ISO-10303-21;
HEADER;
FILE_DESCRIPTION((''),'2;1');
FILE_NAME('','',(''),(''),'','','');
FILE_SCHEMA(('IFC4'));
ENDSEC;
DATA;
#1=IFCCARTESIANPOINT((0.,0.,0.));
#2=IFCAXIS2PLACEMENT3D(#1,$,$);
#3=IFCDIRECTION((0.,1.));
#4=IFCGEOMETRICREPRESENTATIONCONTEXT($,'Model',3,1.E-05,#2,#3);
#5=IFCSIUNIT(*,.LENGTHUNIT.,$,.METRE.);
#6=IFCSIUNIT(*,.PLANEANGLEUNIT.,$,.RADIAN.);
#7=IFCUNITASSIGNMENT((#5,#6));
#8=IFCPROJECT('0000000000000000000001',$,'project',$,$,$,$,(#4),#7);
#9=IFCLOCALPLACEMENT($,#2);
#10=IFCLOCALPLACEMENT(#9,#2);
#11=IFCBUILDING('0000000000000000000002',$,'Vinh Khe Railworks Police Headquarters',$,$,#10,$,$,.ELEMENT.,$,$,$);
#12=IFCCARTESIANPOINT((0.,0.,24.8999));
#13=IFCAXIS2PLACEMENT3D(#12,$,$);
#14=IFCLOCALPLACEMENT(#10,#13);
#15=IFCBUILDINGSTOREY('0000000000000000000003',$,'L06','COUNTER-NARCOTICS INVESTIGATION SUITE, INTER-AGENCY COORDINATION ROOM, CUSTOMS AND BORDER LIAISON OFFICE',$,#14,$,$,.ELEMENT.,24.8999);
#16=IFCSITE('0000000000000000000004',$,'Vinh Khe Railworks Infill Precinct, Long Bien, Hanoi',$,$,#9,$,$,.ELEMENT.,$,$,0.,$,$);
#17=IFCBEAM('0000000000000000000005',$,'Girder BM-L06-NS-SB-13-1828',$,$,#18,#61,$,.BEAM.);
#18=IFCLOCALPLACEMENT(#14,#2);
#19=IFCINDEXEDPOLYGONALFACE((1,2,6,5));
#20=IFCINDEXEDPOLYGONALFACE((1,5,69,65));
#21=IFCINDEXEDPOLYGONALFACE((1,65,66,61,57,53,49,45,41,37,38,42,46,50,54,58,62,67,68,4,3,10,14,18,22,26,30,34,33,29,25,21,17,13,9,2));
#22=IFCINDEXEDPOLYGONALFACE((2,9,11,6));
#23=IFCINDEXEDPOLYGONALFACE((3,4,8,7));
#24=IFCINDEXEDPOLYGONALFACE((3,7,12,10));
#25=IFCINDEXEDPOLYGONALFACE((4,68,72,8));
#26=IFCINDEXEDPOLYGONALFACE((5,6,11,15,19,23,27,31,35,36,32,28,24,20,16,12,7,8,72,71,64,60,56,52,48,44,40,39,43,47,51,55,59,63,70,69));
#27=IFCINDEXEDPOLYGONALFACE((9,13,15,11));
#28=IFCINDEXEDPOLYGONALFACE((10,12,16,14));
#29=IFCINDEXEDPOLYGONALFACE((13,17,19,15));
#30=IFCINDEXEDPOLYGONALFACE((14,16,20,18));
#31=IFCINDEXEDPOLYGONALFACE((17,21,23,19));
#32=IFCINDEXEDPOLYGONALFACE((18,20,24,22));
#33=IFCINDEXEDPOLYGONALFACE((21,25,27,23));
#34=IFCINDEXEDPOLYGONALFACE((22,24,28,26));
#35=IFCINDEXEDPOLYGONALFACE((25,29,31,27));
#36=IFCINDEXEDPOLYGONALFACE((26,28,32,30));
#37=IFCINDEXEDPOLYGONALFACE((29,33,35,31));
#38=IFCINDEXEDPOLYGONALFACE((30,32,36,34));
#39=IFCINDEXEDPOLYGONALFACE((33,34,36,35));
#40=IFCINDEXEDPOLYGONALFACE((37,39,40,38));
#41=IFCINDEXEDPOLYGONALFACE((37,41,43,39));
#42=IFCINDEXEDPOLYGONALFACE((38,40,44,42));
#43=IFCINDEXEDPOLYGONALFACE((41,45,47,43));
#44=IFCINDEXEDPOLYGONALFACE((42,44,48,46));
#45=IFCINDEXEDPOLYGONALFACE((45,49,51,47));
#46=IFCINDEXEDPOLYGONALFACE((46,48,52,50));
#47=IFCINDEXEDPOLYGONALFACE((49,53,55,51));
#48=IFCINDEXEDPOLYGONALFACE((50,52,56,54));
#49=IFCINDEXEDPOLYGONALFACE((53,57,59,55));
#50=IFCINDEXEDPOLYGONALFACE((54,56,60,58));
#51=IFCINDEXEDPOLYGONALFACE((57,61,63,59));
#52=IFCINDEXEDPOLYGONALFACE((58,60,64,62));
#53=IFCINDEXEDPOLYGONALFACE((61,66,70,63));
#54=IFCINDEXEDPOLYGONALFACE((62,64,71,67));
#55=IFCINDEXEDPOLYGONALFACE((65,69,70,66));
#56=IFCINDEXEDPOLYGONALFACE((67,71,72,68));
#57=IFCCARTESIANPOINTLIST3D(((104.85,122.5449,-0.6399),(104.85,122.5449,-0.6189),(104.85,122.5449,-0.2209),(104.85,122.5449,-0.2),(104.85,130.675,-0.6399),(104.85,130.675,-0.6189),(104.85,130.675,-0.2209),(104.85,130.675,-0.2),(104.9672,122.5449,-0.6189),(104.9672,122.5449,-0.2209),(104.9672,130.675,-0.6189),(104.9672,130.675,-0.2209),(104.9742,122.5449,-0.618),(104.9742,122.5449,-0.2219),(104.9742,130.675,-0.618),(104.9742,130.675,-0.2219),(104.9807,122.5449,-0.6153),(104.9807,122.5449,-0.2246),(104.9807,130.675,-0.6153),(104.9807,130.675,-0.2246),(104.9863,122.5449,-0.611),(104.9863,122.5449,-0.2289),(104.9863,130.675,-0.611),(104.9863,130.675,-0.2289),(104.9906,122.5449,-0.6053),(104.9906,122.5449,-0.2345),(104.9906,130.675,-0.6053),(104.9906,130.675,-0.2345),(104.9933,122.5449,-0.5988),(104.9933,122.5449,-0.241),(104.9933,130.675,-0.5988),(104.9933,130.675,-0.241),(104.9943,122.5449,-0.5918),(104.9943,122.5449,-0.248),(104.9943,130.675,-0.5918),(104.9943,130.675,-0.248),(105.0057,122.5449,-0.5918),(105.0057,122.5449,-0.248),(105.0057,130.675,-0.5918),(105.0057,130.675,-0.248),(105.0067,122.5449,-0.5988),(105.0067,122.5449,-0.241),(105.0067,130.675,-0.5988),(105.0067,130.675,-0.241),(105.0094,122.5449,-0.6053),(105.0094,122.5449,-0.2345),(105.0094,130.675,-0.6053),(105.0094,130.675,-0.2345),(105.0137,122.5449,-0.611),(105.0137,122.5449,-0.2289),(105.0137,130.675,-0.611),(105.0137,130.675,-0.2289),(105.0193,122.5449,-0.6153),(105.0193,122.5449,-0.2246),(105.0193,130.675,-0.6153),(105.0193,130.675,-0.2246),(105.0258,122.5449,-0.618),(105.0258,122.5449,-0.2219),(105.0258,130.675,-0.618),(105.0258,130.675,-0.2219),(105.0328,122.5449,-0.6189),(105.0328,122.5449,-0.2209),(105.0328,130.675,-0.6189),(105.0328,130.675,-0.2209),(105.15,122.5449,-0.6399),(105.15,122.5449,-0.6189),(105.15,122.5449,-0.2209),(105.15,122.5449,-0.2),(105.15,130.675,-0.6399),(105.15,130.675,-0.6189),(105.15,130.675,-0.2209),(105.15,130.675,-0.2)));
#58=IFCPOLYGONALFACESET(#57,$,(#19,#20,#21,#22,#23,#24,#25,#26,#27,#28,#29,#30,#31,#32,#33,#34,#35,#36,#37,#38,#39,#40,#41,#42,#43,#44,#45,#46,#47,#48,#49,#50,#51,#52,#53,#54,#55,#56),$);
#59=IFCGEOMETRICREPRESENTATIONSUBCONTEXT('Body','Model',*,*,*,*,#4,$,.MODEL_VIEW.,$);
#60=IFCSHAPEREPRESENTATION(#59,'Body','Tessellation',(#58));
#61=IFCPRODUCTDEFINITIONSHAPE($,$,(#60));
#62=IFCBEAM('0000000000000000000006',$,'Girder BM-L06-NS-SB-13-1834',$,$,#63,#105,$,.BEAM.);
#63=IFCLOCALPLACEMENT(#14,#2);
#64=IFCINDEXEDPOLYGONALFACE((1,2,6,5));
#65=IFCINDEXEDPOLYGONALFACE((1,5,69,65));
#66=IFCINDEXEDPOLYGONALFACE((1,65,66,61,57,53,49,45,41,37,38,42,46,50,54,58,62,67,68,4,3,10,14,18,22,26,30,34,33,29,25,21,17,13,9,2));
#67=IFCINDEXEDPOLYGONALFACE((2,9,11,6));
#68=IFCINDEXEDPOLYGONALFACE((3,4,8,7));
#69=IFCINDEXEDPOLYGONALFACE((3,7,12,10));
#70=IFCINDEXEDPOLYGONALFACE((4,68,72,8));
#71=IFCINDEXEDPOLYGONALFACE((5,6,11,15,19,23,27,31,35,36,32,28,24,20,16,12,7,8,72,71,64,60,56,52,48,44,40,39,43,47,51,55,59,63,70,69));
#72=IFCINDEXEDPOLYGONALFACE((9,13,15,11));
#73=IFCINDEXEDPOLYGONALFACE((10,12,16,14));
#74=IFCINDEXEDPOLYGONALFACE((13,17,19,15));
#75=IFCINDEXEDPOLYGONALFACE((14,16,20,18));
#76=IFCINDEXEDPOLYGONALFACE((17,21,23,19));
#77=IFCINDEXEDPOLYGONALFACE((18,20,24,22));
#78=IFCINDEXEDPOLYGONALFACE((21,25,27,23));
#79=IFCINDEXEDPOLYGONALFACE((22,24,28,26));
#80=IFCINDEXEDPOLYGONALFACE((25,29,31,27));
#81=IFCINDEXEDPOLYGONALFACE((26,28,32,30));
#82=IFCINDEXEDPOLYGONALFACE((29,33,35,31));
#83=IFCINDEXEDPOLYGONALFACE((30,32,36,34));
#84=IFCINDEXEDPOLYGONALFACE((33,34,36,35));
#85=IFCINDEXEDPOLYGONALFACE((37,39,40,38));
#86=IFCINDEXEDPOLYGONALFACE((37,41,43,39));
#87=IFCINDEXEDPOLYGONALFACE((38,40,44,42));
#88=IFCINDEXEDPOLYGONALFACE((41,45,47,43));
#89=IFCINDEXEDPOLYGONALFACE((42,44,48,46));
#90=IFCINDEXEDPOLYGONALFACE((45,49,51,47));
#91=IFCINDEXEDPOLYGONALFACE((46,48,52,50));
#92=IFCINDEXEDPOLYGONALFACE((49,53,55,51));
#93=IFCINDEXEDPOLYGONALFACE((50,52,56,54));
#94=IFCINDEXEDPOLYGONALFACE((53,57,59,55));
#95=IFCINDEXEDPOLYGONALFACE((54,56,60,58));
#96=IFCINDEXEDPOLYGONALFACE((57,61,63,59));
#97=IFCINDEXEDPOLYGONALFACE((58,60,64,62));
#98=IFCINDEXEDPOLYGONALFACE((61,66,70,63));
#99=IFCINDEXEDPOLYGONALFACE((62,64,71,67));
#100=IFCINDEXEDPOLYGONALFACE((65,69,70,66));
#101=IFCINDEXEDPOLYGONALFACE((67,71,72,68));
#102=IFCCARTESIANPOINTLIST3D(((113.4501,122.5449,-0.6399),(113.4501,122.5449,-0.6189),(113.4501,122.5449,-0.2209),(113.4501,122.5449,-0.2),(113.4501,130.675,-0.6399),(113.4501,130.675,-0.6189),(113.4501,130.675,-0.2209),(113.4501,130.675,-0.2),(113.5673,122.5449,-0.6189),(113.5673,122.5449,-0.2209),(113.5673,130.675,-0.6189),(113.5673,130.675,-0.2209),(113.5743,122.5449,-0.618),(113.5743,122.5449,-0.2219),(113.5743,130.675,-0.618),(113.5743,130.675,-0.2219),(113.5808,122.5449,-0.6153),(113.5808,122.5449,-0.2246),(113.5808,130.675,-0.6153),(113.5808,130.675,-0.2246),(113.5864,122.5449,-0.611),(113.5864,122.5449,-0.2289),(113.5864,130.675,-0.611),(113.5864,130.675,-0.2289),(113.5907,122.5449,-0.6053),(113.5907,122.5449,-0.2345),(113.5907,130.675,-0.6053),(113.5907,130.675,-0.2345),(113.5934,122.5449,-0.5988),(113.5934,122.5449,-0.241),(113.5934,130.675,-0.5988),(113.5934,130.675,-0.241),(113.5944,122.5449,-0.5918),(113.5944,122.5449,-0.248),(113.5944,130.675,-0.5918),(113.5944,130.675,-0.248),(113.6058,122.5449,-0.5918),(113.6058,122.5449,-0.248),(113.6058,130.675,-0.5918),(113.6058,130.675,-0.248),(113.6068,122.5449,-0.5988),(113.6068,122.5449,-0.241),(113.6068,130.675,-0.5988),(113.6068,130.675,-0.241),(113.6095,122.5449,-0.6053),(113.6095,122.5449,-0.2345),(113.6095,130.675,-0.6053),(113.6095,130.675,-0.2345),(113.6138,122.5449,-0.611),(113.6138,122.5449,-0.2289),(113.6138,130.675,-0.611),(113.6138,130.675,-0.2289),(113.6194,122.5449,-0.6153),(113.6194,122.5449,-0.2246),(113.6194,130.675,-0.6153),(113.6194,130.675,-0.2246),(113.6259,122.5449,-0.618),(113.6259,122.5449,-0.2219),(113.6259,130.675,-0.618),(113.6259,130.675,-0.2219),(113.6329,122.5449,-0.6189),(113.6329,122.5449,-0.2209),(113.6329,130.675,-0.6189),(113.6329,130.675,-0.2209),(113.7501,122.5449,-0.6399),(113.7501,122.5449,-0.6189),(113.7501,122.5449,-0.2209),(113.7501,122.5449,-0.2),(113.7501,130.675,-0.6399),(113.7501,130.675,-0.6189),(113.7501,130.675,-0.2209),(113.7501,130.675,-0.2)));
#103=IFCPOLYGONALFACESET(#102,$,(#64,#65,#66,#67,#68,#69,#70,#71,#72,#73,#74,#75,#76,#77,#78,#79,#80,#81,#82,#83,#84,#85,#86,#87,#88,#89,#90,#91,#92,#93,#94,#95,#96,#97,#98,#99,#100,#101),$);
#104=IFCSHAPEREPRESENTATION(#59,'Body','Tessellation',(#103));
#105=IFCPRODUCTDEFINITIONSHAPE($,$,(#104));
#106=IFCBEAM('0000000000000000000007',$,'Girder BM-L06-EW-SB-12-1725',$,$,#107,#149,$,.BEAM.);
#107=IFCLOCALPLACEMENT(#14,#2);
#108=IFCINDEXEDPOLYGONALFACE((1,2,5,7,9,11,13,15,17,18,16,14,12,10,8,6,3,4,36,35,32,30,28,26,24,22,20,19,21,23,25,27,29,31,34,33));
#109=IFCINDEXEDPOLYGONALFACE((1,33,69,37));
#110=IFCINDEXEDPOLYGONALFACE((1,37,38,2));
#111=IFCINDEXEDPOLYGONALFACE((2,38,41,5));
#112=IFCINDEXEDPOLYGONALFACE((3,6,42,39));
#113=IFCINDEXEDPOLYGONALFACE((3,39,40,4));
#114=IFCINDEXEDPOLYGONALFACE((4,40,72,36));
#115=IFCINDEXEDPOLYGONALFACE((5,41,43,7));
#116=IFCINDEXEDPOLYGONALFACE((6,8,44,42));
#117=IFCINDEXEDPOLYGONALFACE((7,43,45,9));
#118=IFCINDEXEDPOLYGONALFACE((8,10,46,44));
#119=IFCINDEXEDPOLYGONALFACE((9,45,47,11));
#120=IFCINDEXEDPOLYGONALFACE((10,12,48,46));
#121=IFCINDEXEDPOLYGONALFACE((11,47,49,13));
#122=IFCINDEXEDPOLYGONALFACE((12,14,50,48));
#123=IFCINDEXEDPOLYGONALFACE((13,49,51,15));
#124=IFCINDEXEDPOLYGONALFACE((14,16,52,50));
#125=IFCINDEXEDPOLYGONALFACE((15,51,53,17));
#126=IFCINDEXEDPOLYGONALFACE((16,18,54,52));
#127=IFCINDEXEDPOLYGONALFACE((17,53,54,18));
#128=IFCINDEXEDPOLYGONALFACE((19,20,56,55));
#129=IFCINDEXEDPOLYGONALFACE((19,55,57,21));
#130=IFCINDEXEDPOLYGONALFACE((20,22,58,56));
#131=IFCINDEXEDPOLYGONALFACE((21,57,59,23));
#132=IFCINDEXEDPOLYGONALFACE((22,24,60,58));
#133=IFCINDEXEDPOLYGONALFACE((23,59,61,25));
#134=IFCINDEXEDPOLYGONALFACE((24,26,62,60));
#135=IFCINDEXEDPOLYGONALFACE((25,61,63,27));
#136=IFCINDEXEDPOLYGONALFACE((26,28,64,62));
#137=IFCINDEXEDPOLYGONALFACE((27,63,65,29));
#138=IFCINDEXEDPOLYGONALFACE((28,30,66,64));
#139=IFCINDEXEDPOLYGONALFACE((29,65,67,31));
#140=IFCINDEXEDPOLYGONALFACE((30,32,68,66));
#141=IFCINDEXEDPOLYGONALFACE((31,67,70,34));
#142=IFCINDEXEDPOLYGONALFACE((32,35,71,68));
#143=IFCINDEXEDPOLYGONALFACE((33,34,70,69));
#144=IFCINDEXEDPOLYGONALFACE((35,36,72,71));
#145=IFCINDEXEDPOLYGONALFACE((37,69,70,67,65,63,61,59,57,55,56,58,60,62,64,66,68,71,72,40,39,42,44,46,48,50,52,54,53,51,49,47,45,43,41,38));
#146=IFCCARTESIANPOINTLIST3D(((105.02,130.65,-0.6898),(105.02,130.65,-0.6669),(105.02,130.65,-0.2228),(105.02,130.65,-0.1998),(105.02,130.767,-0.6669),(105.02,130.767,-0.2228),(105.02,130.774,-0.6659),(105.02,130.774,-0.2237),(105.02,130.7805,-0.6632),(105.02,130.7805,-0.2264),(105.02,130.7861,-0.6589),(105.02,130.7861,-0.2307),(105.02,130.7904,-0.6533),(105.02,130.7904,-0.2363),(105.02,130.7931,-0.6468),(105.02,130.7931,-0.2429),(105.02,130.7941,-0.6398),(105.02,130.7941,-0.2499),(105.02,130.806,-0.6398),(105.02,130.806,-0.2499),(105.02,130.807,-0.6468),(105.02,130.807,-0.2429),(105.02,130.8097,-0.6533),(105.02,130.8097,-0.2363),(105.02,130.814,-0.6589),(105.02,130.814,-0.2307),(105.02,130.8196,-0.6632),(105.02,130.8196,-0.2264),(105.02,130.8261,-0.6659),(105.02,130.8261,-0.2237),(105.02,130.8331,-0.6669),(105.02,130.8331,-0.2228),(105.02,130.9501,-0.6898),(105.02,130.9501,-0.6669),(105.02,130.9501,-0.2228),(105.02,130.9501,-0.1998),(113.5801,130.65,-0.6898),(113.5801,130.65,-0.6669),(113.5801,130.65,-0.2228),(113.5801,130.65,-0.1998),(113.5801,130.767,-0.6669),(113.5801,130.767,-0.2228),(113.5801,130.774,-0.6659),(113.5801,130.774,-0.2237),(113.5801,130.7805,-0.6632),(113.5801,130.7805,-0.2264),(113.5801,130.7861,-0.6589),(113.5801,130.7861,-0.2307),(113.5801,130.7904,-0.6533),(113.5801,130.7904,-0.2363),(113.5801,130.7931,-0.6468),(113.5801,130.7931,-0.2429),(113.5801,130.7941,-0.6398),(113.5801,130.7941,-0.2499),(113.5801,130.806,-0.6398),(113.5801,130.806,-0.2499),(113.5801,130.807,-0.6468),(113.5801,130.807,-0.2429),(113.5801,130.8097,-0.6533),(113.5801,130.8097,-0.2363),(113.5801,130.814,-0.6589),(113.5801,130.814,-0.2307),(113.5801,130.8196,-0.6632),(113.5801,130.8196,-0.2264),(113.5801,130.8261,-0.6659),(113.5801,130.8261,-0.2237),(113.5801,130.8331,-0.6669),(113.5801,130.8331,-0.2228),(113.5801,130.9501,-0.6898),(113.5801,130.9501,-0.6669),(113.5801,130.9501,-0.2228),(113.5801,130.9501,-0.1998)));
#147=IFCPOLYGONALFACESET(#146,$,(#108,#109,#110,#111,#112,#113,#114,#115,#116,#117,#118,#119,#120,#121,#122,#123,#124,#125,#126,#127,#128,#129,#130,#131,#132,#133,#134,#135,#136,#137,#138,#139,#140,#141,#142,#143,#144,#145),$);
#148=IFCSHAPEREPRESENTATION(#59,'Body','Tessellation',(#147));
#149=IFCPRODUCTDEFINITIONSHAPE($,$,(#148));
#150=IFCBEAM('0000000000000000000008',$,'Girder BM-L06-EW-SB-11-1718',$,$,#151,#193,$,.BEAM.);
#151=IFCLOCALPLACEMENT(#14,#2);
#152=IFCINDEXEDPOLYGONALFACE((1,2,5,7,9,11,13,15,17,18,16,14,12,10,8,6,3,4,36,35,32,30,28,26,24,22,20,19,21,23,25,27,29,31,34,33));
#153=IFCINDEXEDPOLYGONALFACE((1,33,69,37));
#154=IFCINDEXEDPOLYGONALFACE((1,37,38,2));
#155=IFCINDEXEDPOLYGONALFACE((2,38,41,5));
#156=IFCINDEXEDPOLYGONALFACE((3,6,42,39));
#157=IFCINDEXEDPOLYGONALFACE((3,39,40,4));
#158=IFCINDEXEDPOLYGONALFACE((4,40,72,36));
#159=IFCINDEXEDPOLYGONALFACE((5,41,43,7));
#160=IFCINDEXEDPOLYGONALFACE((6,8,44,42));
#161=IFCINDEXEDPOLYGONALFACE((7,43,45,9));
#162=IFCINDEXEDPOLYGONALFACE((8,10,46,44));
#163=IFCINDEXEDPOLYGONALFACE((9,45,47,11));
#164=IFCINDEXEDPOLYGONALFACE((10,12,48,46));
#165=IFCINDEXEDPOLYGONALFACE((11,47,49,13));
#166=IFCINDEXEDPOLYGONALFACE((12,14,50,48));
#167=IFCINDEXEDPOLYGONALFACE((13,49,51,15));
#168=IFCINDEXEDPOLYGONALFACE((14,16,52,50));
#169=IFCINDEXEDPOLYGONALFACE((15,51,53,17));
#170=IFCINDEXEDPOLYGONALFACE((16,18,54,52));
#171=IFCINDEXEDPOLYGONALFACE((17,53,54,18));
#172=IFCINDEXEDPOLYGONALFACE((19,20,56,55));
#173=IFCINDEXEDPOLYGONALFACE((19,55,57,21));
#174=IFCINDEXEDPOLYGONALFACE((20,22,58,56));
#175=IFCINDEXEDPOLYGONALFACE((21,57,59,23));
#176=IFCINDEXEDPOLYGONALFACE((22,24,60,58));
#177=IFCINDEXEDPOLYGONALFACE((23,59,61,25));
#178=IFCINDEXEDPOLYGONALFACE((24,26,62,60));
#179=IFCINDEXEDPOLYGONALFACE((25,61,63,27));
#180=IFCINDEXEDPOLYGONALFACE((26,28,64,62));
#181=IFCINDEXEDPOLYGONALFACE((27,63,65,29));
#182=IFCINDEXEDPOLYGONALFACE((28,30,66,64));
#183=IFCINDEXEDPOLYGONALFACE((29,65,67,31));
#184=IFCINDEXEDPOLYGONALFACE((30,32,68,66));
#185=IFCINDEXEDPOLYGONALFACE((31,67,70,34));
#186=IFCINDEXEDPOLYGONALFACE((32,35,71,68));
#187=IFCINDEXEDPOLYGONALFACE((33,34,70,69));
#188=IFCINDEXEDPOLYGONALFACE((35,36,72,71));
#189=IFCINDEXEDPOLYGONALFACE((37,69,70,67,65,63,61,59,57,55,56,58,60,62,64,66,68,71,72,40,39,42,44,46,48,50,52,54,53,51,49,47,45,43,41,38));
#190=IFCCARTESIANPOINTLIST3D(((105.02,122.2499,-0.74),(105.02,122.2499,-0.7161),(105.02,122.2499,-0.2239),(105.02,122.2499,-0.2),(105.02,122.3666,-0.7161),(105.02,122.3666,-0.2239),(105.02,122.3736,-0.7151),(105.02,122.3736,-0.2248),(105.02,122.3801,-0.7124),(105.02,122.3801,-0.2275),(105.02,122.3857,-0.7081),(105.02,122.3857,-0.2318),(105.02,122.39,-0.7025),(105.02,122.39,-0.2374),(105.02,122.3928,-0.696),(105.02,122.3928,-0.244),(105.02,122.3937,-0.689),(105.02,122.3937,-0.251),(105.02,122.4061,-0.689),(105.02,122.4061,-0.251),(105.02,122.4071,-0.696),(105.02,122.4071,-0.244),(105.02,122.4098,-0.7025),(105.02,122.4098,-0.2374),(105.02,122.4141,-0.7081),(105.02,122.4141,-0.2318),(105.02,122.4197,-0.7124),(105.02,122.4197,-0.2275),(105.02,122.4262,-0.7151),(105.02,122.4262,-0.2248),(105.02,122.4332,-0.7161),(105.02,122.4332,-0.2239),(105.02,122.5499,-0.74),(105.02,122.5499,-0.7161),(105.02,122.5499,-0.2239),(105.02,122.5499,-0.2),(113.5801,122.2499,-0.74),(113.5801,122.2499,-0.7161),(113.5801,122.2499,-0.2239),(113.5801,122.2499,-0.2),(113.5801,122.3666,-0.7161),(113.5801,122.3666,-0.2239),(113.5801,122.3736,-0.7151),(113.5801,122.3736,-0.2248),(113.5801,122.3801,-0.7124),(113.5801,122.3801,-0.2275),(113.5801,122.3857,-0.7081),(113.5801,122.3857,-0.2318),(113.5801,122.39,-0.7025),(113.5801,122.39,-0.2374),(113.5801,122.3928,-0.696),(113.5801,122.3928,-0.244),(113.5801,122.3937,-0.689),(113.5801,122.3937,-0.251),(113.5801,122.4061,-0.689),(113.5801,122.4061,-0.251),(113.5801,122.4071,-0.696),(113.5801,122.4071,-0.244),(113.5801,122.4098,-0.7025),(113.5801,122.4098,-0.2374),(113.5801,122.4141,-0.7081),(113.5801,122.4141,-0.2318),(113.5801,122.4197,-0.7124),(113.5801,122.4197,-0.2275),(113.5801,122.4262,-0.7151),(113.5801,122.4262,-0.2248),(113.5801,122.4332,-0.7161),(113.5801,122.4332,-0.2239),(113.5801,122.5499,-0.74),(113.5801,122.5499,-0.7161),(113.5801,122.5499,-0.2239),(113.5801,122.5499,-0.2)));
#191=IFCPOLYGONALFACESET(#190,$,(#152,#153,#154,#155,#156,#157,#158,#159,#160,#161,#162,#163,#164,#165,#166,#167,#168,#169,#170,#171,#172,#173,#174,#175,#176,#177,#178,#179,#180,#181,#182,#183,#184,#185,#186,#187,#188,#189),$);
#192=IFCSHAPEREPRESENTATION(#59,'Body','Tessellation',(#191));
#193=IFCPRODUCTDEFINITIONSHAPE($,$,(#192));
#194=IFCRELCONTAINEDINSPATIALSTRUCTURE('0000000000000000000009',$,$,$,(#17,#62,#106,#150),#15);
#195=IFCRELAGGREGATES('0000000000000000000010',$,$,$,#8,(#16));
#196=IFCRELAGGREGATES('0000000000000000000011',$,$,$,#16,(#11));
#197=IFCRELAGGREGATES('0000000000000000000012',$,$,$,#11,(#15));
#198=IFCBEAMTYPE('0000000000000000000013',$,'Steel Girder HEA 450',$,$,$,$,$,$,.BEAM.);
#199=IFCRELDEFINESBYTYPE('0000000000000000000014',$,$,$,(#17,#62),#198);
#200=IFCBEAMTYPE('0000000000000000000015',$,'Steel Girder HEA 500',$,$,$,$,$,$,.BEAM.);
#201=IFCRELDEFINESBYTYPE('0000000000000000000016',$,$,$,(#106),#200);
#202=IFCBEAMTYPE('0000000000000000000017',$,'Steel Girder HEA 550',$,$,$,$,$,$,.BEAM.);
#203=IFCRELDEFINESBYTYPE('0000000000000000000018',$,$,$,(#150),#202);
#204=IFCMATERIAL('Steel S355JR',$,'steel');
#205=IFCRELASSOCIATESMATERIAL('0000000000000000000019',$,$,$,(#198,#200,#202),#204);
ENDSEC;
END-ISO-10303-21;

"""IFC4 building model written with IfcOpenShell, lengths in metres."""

from ifc_helpers import new_model, si_unit, direction, frame, origin, origin_2d, place, context, subcontext, project, spatial, i_section, extrude, material, material_profile, profile_set, type_object, element, save


model = new_model("IFC4")

# Units and contexts
model_context = context("Model", 3, precision=1e-05, world=origin(), true_north=direction((0.0, 1.0)))
body_context = subcontext(model_context, "Body", "Model", "MODEL_VIEW")
ifc_project = project(units=[si_unit("LENGTHUNIT", "METRE"), si_unit("PLANEANGLEUNIT", "RADIAN")], contexts=[model_context])

# Site, building, storey
site_placement = place(None, origin())
site = spatial("IfcSite", under=ifc_project, at=site_placement, Name="Vinh Khe Railworks Infill Precinct, Long Bien, Hanoi", CompositionType="ELEMENT", RefElevation=0.0)
building_placement = place(site_placement, origin())
building = spatial("IfcBuilding", under=site, at=building_placement, Name="Vinh Khe Railworks Police Headquarters", CompositionType="ELEMENT")
storey_placement = place(building_placement, frame((0.0, 0.0, 24.8999)))
storey = spatial("IfcBuildingStorey", under=building, at=storey_placement, Name="L06", Description="COUNTER-NARCOTICS INVESTIGATION SUITE, INTER-AGENCY COORDINATION ROOM, CUSTOMS AND BORDER LIAISON OFFICE", CompositionType="ELEMENT", Elevation=24.8999)

# Beams
ifc_material_1 = material(Name="Steel S355JR", Category="steel")
ifc_material_profile_1 = material_profile(ifc_material_1, i_section(OverallWidth=0.3, OverallDepth=0.4399, WebThickness=0.0115, FlangeThickness=0.021, FilletRadius=0.0271, at=origin_2d()), Name="HEA 450")
ifc_profile_set_1 = profile_set([ifc_material_profile_1], Name="Steel S355JR")
beam_type_1 = type_object("IfcBeamType", Name="Steel Girder HEA 450", PredefinedType="BEAM", material=ifc_profile_set_1)
for number, where, z_axis, x_axis, name in (
    (1, (105.0, 122.5449, -0.4199), (0.0, 1.0, 0.0), (-1.0, 0.0, 0.0), "Girder BM-L06-NS-SB-13-1828"),
    (2, (113.6001, 122.5449, -0.4199), (0.0, 1.0, 0.0), (-1.0, 0.0, 0.0), "Girder BM-L06-NS-SB-13-1834"),
):
    element("IfcBeam", number, at=place(storey_placement, frame(where, z_axis=z_axis, x_axis=x_axis)), inside=storey, type_object=beam_type_1, Name=name, PredefinedType="BEAM", context=body_context, shape_type="SweptSolid", body=[
        extrude(i_section(OverallWidth=0.3, OverallDepth=0.4399, WebThickness=0.0115, FlangeThickness=0.021, FilletRadius=0.0271, at=origin_2d()), origin(), (0.0, 0.0, 1.0), 8.1301),
    ])
ifc_material_profile_2 = material_profile(ifc_material_1, i_section(OverallWidth=0.3, OverallDepth=0.49, WebThickness=0.012, FlangeThickness=0.0229, FilletRadius=0.0271, at=origin_2d()), Name="HEA 500")
ifc_profile_set_2 = profile_set([ifc_material_profile_2], Name="Steel S355JR")
beam_type_2 = type_object("IfcBeamType", Name="Steel Girder HEA 500", PredefinedType="BEAM", material=ifc_profile_set_2)
beam_1_placement = place(storey_placement, frame((105.02, 130.8, -0.4448), z_axis=(1.0, 0.0, 0.0), x_axis=(0.0, 1.0, 0.0)))
element("IfcBeam", 3, at=beam_1_placement, inside=storey, type_object=beam_type_2, Name="Girder BM-L06-EW-SB-12-1725", PredefinedType="BEAM", context=body_context, shape_type="SweptSolid", body=[
    extrude(i_section(OverallWidth=0.3, OverallDepth=0.49, WebThickness=0.012, FlangeThickness=0.0229, FilletRadius=0.0271, at=origin_2d()), origin(), (0.0, 0.0, 1.0), 8.5601),
])
ifc_material_profile_3 = material_profile(ifc_material_1, i_section(OverallWidth=0.3, OverallDepth=0.54, WebThickness=0.0125, FlangeThickness=0.0239, FilletRadius=0.0271, at=origin_2d()), Name="HEA 550")
ifc_profile_set_3 = profile_set([ifc_material_profile_3], Name="Steel S355JR")
beam_type_3 = type_object("IfcBeamType", Name="Steel Girder HEA 550", PredefinedType="BEAM", material=ifc_profile_set_3)
beam_2_placement = place(storey_placement, frame((105.02, 122.3999, -0.47), z_axis=(1.0, 0.0, 0.0), x_axis=(0.0, 1.0, 0.0)))
element("IfcBeam", 4, at=beam_2_placement, inside=storey, type_object=beam_type_3, Name="Girder BM-L06-EW-SB-11-1718", PredefinedType="BEAM", context=body_context, shape_type="SweptSolid", body=[
    extrude(i_section(OverallWidth=0.3, OverallDepth=0.54, WebThickness=0.0125, FlangeThickness=0.0239, FilletRadius=0.0271, at=origin_2d()), origin(), (0.0, 0.0, 1.0), 8.5601),
])

save(model, "model.ifc")
